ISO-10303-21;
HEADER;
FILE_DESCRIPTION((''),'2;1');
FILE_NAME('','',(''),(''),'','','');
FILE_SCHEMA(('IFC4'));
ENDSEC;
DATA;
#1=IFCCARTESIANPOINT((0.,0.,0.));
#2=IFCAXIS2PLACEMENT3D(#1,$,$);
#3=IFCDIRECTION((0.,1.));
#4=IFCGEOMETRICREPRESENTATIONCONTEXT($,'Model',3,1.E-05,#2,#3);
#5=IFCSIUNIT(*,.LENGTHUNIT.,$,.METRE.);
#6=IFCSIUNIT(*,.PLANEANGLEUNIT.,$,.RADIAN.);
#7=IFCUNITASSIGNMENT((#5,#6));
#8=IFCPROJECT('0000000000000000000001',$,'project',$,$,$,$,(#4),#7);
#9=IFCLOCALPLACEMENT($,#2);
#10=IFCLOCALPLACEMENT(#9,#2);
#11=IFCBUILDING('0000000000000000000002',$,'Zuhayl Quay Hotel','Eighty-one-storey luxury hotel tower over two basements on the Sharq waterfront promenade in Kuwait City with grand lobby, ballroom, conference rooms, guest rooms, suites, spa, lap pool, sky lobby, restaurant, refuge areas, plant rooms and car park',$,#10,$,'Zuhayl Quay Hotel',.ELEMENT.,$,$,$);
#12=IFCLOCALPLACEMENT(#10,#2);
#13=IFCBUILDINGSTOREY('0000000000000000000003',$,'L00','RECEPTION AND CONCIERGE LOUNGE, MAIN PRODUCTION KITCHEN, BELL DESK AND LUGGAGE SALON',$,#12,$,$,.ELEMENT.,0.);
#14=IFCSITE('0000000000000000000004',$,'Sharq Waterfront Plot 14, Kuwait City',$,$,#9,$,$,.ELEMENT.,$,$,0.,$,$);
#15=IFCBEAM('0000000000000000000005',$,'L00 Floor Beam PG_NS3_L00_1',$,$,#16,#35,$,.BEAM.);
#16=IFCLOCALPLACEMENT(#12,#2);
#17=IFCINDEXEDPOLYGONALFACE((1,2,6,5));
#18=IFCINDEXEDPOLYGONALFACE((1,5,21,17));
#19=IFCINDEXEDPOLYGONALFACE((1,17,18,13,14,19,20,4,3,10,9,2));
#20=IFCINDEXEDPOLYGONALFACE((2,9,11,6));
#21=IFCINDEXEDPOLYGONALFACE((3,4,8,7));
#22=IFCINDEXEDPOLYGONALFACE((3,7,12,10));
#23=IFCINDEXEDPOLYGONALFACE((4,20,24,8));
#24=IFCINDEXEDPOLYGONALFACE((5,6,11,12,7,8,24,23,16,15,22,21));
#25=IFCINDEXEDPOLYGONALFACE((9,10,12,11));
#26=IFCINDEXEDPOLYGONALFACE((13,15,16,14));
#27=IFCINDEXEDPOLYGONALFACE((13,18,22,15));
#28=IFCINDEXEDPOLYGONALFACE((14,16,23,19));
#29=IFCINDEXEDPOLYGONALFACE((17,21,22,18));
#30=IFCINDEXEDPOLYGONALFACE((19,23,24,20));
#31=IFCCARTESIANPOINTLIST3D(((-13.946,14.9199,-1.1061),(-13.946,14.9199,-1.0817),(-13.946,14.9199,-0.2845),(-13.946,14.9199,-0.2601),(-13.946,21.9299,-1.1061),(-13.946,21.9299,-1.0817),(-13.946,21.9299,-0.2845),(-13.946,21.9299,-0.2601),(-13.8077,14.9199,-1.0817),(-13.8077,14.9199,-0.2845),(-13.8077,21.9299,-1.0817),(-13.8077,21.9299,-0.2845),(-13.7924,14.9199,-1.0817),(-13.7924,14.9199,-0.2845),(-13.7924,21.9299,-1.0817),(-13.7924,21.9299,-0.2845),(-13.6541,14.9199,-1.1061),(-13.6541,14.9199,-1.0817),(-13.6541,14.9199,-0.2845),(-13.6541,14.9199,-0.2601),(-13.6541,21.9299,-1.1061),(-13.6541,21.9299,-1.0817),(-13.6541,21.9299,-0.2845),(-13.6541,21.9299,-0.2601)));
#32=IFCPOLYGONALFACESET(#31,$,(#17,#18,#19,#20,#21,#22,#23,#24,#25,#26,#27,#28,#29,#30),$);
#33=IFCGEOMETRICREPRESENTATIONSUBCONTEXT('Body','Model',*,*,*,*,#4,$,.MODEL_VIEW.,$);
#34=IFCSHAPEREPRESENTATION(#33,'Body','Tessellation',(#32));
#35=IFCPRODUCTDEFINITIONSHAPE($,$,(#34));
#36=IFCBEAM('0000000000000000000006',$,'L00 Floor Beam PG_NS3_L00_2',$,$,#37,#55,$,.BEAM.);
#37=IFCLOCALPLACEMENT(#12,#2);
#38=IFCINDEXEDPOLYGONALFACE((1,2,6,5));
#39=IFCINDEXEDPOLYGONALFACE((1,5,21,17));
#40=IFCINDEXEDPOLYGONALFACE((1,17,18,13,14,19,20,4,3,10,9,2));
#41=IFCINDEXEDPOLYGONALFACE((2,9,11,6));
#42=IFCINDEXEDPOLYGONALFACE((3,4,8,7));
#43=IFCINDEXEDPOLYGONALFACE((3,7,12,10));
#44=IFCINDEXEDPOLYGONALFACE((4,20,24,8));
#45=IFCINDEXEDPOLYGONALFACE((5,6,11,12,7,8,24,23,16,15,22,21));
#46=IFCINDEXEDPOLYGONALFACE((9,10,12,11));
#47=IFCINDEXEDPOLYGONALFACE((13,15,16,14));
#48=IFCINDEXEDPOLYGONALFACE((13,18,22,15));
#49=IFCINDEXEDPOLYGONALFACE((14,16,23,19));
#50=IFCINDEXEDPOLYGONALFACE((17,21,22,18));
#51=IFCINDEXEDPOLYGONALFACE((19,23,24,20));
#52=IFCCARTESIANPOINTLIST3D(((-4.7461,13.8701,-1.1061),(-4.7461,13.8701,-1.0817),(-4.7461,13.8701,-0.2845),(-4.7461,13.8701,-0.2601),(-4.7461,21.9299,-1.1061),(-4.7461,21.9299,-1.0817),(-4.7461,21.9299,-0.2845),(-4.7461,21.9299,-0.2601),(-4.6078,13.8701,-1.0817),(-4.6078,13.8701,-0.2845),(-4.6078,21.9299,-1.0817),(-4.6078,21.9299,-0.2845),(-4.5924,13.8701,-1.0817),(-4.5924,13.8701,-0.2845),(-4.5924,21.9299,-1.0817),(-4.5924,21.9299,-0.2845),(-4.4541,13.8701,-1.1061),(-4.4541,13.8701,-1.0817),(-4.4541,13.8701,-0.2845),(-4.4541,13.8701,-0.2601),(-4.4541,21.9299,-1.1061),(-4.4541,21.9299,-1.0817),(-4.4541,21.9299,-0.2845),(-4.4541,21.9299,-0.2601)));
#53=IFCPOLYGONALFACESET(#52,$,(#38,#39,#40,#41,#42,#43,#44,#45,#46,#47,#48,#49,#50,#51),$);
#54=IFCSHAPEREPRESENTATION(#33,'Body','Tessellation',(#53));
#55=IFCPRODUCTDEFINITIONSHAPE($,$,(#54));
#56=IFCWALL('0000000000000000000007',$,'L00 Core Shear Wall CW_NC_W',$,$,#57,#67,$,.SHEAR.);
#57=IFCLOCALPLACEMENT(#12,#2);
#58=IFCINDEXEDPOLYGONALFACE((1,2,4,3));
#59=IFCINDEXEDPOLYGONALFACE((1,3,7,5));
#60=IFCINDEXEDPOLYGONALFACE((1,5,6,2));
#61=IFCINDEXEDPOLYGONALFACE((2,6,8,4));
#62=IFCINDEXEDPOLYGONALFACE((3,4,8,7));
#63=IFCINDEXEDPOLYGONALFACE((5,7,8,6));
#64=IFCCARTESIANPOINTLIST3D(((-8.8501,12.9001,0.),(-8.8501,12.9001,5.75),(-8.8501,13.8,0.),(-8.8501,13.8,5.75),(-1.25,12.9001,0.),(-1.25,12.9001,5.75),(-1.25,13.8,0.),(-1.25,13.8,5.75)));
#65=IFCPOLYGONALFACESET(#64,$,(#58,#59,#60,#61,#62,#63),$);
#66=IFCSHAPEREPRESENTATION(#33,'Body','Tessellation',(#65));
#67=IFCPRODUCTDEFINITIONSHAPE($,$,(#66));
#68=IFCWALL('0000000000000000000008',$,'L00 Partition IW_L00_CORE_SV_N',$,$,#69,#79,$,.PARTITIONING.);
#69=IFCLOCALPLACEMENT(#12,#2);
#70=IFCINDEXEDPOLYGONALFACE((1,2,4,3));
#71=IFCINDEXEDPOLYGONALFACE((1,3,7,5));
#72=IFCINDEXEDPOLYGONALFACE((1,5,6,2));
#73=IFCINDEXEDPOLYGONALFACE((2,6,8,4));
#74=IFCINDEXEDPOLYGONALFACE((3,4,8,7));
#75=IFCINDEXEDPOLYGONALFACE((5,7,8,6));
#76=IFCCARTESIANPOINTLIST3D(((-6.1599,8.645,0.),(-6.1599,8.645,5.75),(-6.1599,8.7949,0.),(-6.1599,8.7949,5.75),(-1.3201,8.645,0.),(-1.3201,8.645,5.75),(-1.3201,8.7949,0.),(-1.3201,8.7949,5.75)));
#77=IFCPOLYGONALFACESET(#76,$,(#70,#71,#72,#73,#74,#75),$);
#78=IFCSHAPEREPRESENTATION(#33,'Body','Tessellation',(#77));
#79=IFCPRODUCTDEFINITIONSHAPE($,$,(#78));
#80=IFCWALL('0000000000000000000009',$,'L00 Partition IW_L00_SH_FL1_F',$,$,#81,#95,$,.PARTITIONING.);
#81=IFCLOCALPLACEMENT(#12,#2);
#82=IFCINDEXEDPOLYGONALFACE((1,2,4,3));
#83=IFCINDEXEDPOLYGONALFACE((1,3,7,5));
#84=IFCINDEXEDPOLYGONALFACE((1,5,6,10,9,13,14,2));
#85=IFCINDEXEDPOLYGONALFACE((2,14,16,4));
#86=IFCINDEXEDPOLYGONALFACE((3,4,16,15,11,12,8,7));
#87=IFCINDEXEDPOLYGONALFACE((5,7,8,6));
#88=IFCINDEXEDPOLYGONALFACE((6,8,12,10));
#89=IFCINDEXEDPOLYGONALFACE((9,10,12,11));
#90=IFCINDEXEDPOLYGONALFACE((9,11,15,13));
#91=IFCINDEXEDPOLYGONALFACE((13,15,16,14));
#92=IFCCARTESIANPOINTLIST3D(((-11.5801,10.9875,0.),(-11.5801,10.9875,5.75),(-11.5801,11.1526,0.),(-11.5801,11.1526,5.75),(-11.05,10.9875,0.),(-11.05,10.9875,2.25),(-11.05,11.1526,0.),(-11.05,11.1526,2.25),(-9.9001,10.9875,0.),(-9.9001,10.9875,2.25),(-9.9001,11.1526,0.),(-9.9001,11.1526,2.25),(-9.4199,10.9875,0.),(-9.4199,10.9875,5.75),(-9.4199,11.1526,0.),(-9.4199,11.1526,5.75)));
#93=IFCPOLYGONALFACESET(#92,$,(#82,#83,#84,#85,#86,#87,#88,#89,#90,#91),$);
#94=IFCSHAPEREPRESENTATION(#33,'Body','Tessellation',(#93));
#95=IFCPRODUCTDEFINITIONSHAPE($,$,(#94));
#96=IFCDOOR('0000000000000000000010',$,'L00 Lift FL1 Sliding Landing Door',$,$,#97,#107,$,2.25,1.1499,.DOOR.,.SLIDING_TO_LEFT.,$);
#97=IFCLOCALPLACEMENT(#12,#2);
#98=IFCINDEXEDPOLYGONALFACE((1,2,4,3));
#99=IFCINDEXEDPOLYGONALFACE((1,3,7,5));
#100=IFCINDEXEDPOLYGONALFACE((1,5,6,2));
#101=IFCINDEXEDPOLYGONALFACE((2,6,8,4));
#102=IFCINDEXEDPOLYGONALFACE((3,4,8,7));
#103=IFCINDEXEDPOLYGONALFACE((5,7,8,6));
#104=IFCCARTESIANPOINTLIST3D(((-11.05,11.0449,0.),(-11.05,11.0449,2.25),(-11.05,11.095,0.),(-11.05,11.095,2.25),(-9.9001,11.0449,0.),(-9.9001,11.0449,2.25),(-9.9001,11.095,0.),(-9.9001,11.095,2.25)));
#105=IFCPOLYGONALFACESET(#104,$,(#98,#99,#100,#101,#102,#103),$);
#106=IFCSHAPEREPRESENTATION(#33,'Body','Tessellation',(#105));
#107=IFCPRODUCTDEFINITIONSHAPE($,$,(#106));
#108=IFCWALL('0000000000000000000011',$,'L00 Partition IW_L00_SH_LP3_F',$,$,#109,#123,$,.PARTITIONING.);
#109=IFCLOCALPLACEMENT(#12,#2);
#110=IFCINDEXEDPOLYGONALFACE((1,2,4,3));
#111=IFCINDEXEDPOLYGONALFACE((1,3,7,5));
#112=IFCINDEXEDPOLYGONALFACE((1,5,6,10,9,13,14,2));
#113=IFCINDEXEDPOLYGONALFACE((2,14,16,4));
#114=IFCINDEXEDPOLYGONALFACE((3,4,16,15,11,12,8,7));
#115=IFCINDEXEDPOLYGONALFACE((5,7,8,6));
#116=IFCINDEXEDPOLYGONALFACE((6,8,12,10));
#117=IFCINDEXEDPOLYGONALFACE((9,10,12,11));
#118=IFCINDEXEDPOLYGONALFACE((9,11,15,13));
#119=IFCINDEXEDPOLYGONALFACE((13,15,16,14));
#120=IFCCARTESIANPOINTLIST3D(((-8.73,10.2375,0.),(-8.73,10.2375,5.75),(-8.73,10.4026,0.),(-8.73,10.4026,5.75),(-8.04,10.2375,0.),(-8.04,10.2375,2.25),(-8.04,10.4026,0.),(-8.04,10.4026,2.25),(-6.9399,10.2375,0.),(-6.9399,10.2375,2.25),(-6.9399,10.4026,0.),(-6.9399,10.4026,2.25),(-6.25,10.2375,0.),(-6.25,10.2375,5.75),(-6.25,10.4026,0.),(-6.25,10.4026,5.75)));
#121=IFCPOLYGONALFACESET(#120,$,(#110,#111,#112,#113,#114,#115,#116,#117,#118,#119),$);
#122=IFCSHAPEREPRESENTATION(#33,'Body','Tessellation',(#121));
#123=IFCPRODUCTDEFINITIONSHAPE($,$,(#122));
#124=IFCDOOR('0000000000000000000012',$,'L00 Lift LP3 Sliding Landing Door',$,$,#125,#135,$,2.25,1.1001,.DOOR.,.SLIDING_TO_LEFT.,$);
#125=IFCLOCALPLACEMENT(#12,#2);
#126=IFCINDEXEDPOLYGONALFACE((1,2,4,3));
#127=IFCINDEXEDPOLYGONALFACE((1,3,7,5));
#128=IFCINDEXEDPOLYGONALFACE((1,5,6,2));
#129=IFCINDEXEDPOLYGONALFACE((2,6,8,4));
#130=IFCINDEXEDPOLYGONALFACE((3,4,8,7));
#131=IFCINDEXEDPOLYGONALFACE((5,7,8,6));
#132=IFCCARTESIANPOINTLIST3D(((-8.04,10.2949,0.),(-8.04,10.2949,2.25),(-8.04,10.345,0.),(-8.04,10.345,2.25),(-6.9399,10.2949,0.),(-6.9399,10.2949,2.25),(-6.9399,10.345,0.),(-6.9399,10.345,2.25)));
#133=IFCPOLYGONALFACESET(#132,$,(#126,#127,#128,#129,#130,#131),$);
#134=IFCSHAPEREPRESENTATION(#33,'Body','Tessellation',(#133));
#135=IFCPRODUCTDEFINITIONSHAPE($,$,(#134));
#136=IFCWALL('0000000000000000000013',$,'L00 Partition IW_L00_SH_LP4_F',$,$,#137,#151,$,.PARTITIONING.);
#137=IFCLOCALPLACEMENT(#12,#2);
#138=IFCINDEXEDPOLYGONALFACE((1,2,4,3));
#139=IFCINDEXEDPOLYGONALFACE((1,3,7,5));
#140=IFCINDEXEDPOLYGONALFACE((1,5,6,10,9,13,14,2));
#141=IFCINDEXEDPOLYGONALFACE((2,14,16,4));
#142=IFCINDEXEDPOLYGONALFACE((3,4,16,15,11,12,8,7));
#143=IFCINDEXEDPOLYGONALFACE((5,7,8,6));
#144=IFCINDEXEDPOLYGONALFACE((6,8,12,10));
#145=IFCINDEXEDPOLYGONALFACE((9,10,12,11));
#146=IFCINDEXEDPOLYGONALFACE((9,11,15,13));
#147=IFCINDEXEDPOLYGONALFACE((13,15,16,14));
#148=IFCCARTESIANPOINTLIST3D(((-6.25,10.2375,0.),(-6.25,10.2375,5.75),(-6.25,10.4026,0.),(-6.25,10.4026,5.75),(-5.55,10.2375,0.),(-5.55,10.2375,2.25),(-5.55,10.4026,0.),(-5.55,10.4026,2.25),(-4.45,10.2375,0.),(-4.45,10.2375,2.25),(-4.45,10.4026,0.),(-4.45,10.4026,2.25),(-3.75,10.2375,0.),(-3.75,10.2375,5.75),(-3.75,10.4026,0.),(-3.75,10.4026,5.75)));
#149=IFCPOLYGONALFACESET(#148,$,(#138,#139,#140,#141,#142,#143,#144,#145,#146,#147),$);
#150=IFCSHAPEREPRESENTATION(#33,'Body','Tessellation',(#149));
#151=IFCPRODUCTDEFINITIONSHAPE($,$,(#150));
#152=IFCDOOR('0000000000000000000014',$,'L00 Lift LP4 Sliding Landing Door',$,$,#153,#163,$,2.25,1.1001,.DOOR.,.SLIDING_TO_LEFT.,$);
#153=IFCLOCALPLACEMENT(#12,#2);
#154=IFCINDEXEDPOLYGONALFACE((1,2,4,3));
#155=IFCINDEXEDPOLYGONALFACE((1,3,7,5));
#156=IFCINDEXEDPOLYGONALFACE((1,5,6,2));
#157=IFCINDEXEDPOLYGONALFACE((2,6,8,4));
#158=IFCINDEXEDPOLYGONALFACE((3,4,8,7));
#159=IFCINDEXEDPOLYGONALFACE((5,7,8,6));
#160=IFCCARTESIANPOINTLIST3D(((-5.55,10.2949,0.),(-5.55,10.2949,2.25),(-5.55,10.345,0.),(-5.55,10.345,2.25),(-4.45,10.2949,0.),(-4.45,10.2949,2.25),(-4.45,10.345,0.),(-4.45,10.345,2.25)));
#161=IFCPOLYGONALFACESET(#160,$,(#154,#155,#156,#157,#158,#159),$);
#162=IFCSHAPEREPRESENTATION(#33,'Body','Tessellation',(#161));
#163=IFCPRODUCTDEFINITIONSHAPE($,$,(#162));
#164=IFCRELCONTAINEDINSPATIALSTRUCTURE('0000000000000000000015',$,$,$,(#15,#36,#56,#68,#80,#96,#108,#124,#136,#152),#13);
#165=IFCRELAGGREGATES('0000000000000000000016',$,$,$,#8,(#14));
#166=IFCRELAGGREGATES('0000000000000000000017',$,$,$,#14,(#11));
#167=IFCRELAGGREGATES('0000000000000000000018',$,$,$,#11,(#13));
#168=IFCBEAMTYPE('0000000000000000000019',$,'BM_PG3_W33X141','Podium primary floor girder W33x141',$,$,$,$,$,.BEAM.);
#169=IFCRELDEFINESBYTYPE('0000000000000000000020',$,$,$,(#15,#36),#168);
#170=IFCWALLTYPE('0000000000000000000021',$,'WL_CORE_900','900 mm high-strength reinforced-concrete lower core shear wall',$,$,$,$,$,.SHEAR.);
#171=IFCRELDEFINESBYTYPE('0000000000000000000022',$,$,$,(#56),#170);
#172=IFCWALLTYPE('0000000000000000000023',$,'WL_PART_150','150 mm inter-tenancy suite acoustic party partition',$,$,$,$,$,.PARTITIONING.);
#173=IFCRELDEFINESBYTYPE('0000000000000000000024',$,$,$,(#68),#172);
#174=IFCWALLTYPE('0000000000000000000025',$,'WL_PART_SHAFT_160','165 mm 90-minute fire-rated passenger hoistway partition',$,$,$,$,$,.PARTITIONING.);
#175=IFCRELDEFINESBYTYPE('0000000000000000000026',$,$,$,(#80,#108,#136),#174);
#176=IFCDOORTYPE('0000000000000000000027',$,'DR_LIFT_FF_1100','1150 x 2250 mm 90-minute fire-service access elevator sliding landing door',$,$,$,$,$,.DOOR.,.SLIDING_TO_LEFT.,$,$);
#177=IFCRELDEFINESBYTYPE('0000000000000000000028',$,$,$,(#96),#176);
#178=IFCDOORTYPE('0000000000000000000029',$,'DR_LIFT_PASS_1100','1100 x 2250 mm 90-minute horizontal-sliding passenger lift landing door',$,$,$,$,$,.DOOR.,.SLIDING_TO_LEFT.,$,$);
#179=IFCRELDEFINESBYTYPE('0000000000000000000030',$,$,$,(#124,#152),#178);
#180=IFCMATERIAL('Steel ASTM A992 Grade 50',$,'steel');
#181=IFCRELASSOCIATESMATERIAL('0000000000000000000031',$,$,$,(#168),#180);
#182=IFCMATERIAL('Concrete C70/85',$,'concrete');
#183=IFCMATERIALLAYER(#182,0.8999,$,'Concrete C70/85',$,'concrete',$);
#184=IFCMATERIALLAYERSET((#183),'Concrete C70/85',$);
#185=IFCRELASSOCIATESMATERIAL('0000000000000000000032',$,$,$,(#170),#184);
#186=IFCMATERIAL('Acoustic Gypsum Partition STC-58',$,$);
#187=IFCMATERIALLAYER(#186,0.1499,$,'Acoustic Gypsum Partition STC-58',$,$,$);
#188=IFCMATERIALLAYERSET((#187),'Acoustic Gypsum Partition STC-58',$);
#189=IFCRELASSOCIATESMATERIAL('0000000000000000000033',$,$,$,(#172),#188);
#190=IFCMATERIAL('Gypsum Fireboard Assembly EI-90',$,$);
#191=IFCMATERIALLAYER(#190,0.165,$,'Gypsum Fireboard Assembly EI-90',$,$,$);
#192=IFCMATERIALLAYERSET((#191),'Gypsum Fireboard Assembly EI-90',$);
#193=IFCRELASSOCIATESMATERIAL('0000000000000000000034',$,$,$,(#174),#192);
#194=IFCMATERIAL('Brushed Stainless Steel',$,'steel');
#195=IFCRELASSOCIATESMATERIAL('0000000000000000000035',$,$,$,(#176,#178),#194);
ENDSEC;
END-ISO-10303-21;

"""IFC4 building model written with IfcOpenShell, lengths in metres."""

from ifc_helpers import new_model, si_unit, direction, frame, frame_2d, origin, origin_2d, place, context, subcontext, project, spatial, rectangle, i_section, extrude, material, layer, layer_set, material_profile, profile_set, type_object, element, fill, save


model = new_model("IFC4")

# Units and contexts
model_context = context("Model", 3, precision=1e-05, world=origin(), true_north=direction((0.0, 1.0)))
body_context = subcontext(model_context, "Body", "Model", "MODEL_VIEW")
ifc_project = project(units=[si_unit("LENGTHUNIT", "METRE"), si_unit("PLANEANGLEUNIT", "RADIAN")], contexts=[model_context])

# Site, building, storey
site_placement = place(None, origin())
site = spatial("IfcSite", under=ifc_project, at=site_placement, Name="Sharq Waterfront Plot 14, Kuwait City", CompositionType="ELEMENT", RefElevation=0.0)
building_placement = place(site_placement, origin())
building = spatial("IfcBuilding", under=site, at=building_placement, Name="Zuhayl Quay Hotel", Description="Eighty-one-storey luxury hotel tower over two basements on the Sharq waterfront promenade in Kuwait City with grand lobby, ballroom, conference rooms, guest rooms, suites, spa, lap pool, sky lobby, restaurant, refuge areas, plant rooms and car park", LongName="Zuhayl Quay Hotel", CompositionType="ELEMENT")
storey_placement = place(building_placement, origin())
storey = spatial("IfcBuildingStorey", under=building, at=storey_placement, Name="L00", Description="RECEPTION AND CONCIERGE LOUNGE, MAIN PRODUCTION KITCHEN, BELL DESK AND LUGGAGE SALON", CompositionType="ELEMENT", Elevation=0.0)

# Shared definitions
ifc_material_1 = material(Name="Concrete C70/85", Category="concrete")

# Beams
ifc_material_2 = material(Name="Steel ASTM A992 Grade 50", Category="steel")
ifc_material_profile_1 = material_profile(ifc_material_2, i_section(OverallWidth=0.292, OverallDepth=0.8459, WebThickness=0.0154, FlangeThickness=0.0244, at=origin_2d()), Name="W33X141")
ifc_profile_set_1 = profile_set([ifc_material_profile_1], Name="Steel ASTM A992 Grade 50")
beam_type_1 = type_object("IfcBeamType", Name="BM_PG3_W33X141", Description="Podium primary floor girder W33x141", PredefinedType="BEAM", material=ifc_profile_set_1)
beam_1_placement = place(storey_placement, frame((-13.8, 14.9199, -0.6831), z_axis=(0.0, 1.0, 0.0), x_axis=(-1.0, 0.0, 0.0)))
element("IfcBeam", 1, at=beam_1_placement, inside=storey, type_object=beam_type_1, Name="L00 Floor Beam PG_NS3_L00_1", PredefinedType="BEAM", context=body_context, shape_type="SweptSolid", body=[
    extrude(i_section(OverallWidth=0.292, OverallDepth=0.8459, WebThickness=0.0154, FlangeThickness=0.0244, at=origin_2d()), origin(), (0.0, 0.0, 1.0), 7.01),
])
beam_2_placement = place(storey_placement, frame((-4.6001, 13.8701, -0.6831), z_axis=(0.0, 1.0, 0.0), x_axis=(-1.0, 0.0, 0.0)))
element("IfcBeam", 2, at=beam_2_placement, inside=storey, type_object=beam_type_1, Name="L00 Floor Beam PG_NS3_L00_2", PredefinedType="BEAM", context=body_context, shape_type="SweptSolid", body=[
    extrude(i_section(OverallWidth=0.292, OverallDepth=0.8459, WebThickness=0.0154, FlangeThickness=0.0244, at=origin_2d()), origin(), (0.0, 0.0, 1.0), 8.0598),
])

# Walls
ifc_layer_1 = layer(ifc_material_1, 0.8999, Name="Concrete C70/85", Category="concrete")
ifc_layer_set_1 = layer_set([ifc_layer_1], Name="Concrete C70/85")
wall_type_1 = type_object("IfcWallType", Name="WL_CORE_900", Description="900 mm high-strength reinforced-concrete lower core shear wall", PredefinedType="SHEAR", material=ifc_layer_set_1)
wall_1_placement = place(storey_placement, frame((-8.8501, 13.3501, 0.0), z_axis=(0.0, 0.0, 1.0), x_axis=(1.0, 0.0, 0.0)))
element("IfcWall", 3, at=wall_1_placement, inside=storey, type_object=wall_type_1, Name="L00 Core Shear Wall CW_NC_W", PredefinedType="SHEAR", context=body_context, shape_type="SweptSolid", body=[
    extrude(rectangle(XDim=7.6001, YDim=0.8999, at=frame_2d((3.8, 0.0))), origin(), (0.0, 0.0, 1.0), 5.75),
])
ifc_material_3 = material(Name="Acoustic Gypsum Partition STC-58")
ifc_layer_2 = layer(ifc_material_3, 0.1499, Name="Acoustic Gypsum Partition STC-58")
ifc_layer_set_2 = layer_set([ifc_layer_2], Name="Acoustic Gypsum Partition STC-58")
wall_type_2 = type_object("IfcWallType", Name="WL_PART_150", Description="150 mm inter-tenancy suite acoustic party partition", PredefinedType="PARTITIONING", material=ifc_layer_set_2)
wall_2_placement = place(storey_placement, frame((-6.1599, 8.72, 0.0), z_axis=(0.0, 0.0, 1.0), x_axis=(1.0, 0.0, 0.0)))
element("IfcWall", 4, at=wall_2_placement, inside=storey, type_object=wall_type_2, Name="L00 Partition IW_L00_CORE_SV_N", PredefinedType="PARTITIONING", context=body_context, shape_type="SweptSolid", body=[
    extrude(rectangle(XDim=4.8398, YDim=0.1499, at=frame_2d((2.4199, 0.0))), origin(), (0.0, 0.0, 1.0), 5.75),
])

# Walls, openings, doors
ifc_material_4 = material(Name="Gypsum Fireboard Assembly EI-90")
ifc_layer_3 = layer(ifc_material_4, 0.165, Name="Gypsum Fireboard Assembly EI-90")
ifc_layer_set_3 = layer_set([ifc_layer_3], Name="Gypsum Fireboard Assembly EI-90")
wall_type_3 = type_object("IfcWallType", Name="WL_PART_SHAFT_160", Description="165 mm 90-minute fire-rated passenger hoistway partition", PredefinedType="PARTITIONING", material=ifc_layer_set_3)
wall_3_placement = place(storey_placement, frame((-11.5801, 11.0701, 0.0), z_axis=(0.0, 0.0, 1.0), x_axis=(1.0, 0.0, 0.0)))
wall_3 = element("IfcWall", 5, at=wall_3_placement, inside=storey, type_object=wall_type_3, Name="L00 Partition IW_L00_SH_FL1_F", PredefinedType="PARTITIONING", context=body_context, shape_type="SweptSolid", body=[
    extrude(rectangle(XDim=2.1602, YDim=0.165, at=frame_2d((1.0801, 0.0))), origin(), (0.0, 0.0, 1.0), 5.75),
])
opening_1_placement = place(wall_3_placement, frame((0.53, 0.0, 0.0)))
opening_1 = element("IfcOpeningElement", 6, at=opening_1_placement, cuts=wall_3, PredefinedType="OPENING", context=body_context, shape_type="SweptSolid", body=[
    extrude(rectangle(XDim=1.1499, YDim=2.25, at=frame_2d((0.575, 1.125))), frame((0.0, 0.0925, 0.0), z_axis=(0.0, -1.0, 0.0), x_axis=(1.0, 0.0, 0.0)), (0.0, 0.0, 1.0), 0.1851),
])
ifc_material_5 = material(Name="Brushed Stainless Steel", Category="steel")
door_type_1 = type_object("IfcDoorType", Name="DR_LIFT_FF_1100", Description="1150 x 2250 mm 90-minute fire-service access elevator sliding landing door", OperationType="SLIDING_TO_LEFT", PredefinedType="DOOR", material=ifc_material_5)
door_1_placement = place(opening_1_placement, origin())
door_1 = element("IfcDoor", 7, at=door_1_placement, inside=storey, type_object=door_type_1, Name="L00 Lift FL1 Sliding Landing Door", OperationType="SLIDING_TO_LEFT", OverallHeight=2.25, OverallWidth=1.1499, PredefinedType="DOOR", context=body_context, shape_type="SweptSolid", body=[
    extrude(rectangle(XDim=1.1499, YDim=2.25, at=frame_2d((0.575, 1.125))), frame((0.0, 0.0249, 0.0), z_axis=(0.0, -1.0, 0.0), x_axis=(1.0, 0.0, 0.0)), (0.0, 0.0, 1.0), 0.05),
])
fill(opening_1, door_1)
wall_4_placement = place(storey_placement, frame((-8.73, 10.3201, 0.0), z_axis=(0.0, 0.0, 1.0), x_axis=(1.0, 0.0, 0.0)))
wall_4 = element("IfcWall", 8, at=wall_4_placement, inside=storey, type_object=wall_type_3, Name="L00 Partition IW_L00_SH_LP3_F", PredefinedType="PARTITIONING", context=body_context, shape_type="SweptSolid", body=[
    extrude(rectangle(XDim=2.48, YDim=0.165, at=frame_2d((1.24, 0.0))), origin(), (0.0, 0.0, 1.0), 5.75),
])
opening_2_placement = place(wall_4_placement, frame((0.6899, 0.0, 0.0)))
opening_2 = element("IfcOpeningElement", 9, at=opening_2_placement, cuts=wall_4, PredefinedType="OPENING", context=body_context, shape_type="SweptSolid", body=[
    extrude(rectangle(XDim=1.1001, YDim=2.25, at=frame_2d((0.55, 1.125))), frame((0.0, 0.0925, 0.0), z_axis=(0.0, -1.0, 0.0), x_axis=(1.0, 0.0, 0.0)), (0.0, 0.0, 1.0), 0.1851),
])
door_type_2 = type_object("IfcDoorType", Name="DR_LIFT_PASS_1100", Description="1100 x 2250 mm 90-minute horizontal-sliding passenger lift landing door", OperationType="SLIDING_TO_LEFT", PredefinedType="DOOR", material=ifc_material_5)
door_2_placement = place(opening_2_placement, origin())
door_2 = element("IfcDoor", 10, at=door_2_placement, inside=storey, type_object=door_type_2, Name="L00 Lift LP3 Sliding Landing Door", OperationType="SLIDING_TO_LEFT", OverallHeight=2.25, OverallWidth=1.1001, PredefinedType="DOOR", context=body_context, shape_type="SweptSolid", body=[
    extrude(rectangle(XDim=1.1001, YDim=2.25, at=frame_2d((0.55, 1.125))), frame((0.0, 0.0249, 0.0), z_axis=(0.0, -1.0, 0.0), x_axis=(1.0, 0.0, 0.0)), (0.0, 0.0, 1.0), 0.05),
])
fill(opening_2, door_2)
wall_5_placement = place(storey_placement, frame((-6.25, 10.3201, 0.0), z_axis=(0.0, 0.0, 1.0), x_axis=(1.0, 0.0, 0.0)))
wall_5 = element("IfcWall", 11, at=wall_5_placement, inside=storey, type_object=wall_type_3, Name="L00 Partition IW_L00_SH_LP4_F", PredefinedType="PARTITIONING", context=body_context, shape_type="SweptSolid", body=[
    extrude(rectangle(XDim=2.5, YDim=0.165, at=frame_2d((1.25, 0.0))), origin(), (0.0, 0.0, 1.0), 5.75),
])
opening_3_placement = place(wall_5_placement, frame((0.7, 0.0, 0.0)))
opening_3 = element("IfcOpeningElement", 12, at=opening_3_placement, cuts=wall_5, PredefinedType="OPENING", context=body_context, shape_type="SweptSolid", body=[
    extrude(rectangle(XDim=1.1001, YDim=2.25, at=frame_2d((0.55, 1.125))), frame((0.0, 0.0925, 0.0), z_axis=(0.0, -1.0, 0.0), x_axis=(1.0, 0.0, 0.0)), (0.0, 0.0, 1.0), 0.1851),
])
door_3_placement = place(opening_3_placement, origin())
door_3 = element("IfcDoor", 13, at=door_3_placement, inside=storey, type_object=door_type_2, Name="L00 Lift LP4 Sliding Landing Door", OperationType="SLIDING_TO_LEFT", OverallHeight=2.25, OverallWidth=1.1001, PredefinedType="DOOR", context=body_context, shape_type="SweptSolid", body=[
    extrude(rectangle(XDim=1.1001, YDim=2.25, at=frame_2d((0.55, 1.125))), frame((0.0, 0.0249, 0.0), z_axis=(0.0, -1.0, 0.0), x_axis=(1.0, 0.0, 0.0)), (0.0, 0.0, 1.0), 0.05),
])
fill(opening_3, door_3)

save(model, "model.ifc")
